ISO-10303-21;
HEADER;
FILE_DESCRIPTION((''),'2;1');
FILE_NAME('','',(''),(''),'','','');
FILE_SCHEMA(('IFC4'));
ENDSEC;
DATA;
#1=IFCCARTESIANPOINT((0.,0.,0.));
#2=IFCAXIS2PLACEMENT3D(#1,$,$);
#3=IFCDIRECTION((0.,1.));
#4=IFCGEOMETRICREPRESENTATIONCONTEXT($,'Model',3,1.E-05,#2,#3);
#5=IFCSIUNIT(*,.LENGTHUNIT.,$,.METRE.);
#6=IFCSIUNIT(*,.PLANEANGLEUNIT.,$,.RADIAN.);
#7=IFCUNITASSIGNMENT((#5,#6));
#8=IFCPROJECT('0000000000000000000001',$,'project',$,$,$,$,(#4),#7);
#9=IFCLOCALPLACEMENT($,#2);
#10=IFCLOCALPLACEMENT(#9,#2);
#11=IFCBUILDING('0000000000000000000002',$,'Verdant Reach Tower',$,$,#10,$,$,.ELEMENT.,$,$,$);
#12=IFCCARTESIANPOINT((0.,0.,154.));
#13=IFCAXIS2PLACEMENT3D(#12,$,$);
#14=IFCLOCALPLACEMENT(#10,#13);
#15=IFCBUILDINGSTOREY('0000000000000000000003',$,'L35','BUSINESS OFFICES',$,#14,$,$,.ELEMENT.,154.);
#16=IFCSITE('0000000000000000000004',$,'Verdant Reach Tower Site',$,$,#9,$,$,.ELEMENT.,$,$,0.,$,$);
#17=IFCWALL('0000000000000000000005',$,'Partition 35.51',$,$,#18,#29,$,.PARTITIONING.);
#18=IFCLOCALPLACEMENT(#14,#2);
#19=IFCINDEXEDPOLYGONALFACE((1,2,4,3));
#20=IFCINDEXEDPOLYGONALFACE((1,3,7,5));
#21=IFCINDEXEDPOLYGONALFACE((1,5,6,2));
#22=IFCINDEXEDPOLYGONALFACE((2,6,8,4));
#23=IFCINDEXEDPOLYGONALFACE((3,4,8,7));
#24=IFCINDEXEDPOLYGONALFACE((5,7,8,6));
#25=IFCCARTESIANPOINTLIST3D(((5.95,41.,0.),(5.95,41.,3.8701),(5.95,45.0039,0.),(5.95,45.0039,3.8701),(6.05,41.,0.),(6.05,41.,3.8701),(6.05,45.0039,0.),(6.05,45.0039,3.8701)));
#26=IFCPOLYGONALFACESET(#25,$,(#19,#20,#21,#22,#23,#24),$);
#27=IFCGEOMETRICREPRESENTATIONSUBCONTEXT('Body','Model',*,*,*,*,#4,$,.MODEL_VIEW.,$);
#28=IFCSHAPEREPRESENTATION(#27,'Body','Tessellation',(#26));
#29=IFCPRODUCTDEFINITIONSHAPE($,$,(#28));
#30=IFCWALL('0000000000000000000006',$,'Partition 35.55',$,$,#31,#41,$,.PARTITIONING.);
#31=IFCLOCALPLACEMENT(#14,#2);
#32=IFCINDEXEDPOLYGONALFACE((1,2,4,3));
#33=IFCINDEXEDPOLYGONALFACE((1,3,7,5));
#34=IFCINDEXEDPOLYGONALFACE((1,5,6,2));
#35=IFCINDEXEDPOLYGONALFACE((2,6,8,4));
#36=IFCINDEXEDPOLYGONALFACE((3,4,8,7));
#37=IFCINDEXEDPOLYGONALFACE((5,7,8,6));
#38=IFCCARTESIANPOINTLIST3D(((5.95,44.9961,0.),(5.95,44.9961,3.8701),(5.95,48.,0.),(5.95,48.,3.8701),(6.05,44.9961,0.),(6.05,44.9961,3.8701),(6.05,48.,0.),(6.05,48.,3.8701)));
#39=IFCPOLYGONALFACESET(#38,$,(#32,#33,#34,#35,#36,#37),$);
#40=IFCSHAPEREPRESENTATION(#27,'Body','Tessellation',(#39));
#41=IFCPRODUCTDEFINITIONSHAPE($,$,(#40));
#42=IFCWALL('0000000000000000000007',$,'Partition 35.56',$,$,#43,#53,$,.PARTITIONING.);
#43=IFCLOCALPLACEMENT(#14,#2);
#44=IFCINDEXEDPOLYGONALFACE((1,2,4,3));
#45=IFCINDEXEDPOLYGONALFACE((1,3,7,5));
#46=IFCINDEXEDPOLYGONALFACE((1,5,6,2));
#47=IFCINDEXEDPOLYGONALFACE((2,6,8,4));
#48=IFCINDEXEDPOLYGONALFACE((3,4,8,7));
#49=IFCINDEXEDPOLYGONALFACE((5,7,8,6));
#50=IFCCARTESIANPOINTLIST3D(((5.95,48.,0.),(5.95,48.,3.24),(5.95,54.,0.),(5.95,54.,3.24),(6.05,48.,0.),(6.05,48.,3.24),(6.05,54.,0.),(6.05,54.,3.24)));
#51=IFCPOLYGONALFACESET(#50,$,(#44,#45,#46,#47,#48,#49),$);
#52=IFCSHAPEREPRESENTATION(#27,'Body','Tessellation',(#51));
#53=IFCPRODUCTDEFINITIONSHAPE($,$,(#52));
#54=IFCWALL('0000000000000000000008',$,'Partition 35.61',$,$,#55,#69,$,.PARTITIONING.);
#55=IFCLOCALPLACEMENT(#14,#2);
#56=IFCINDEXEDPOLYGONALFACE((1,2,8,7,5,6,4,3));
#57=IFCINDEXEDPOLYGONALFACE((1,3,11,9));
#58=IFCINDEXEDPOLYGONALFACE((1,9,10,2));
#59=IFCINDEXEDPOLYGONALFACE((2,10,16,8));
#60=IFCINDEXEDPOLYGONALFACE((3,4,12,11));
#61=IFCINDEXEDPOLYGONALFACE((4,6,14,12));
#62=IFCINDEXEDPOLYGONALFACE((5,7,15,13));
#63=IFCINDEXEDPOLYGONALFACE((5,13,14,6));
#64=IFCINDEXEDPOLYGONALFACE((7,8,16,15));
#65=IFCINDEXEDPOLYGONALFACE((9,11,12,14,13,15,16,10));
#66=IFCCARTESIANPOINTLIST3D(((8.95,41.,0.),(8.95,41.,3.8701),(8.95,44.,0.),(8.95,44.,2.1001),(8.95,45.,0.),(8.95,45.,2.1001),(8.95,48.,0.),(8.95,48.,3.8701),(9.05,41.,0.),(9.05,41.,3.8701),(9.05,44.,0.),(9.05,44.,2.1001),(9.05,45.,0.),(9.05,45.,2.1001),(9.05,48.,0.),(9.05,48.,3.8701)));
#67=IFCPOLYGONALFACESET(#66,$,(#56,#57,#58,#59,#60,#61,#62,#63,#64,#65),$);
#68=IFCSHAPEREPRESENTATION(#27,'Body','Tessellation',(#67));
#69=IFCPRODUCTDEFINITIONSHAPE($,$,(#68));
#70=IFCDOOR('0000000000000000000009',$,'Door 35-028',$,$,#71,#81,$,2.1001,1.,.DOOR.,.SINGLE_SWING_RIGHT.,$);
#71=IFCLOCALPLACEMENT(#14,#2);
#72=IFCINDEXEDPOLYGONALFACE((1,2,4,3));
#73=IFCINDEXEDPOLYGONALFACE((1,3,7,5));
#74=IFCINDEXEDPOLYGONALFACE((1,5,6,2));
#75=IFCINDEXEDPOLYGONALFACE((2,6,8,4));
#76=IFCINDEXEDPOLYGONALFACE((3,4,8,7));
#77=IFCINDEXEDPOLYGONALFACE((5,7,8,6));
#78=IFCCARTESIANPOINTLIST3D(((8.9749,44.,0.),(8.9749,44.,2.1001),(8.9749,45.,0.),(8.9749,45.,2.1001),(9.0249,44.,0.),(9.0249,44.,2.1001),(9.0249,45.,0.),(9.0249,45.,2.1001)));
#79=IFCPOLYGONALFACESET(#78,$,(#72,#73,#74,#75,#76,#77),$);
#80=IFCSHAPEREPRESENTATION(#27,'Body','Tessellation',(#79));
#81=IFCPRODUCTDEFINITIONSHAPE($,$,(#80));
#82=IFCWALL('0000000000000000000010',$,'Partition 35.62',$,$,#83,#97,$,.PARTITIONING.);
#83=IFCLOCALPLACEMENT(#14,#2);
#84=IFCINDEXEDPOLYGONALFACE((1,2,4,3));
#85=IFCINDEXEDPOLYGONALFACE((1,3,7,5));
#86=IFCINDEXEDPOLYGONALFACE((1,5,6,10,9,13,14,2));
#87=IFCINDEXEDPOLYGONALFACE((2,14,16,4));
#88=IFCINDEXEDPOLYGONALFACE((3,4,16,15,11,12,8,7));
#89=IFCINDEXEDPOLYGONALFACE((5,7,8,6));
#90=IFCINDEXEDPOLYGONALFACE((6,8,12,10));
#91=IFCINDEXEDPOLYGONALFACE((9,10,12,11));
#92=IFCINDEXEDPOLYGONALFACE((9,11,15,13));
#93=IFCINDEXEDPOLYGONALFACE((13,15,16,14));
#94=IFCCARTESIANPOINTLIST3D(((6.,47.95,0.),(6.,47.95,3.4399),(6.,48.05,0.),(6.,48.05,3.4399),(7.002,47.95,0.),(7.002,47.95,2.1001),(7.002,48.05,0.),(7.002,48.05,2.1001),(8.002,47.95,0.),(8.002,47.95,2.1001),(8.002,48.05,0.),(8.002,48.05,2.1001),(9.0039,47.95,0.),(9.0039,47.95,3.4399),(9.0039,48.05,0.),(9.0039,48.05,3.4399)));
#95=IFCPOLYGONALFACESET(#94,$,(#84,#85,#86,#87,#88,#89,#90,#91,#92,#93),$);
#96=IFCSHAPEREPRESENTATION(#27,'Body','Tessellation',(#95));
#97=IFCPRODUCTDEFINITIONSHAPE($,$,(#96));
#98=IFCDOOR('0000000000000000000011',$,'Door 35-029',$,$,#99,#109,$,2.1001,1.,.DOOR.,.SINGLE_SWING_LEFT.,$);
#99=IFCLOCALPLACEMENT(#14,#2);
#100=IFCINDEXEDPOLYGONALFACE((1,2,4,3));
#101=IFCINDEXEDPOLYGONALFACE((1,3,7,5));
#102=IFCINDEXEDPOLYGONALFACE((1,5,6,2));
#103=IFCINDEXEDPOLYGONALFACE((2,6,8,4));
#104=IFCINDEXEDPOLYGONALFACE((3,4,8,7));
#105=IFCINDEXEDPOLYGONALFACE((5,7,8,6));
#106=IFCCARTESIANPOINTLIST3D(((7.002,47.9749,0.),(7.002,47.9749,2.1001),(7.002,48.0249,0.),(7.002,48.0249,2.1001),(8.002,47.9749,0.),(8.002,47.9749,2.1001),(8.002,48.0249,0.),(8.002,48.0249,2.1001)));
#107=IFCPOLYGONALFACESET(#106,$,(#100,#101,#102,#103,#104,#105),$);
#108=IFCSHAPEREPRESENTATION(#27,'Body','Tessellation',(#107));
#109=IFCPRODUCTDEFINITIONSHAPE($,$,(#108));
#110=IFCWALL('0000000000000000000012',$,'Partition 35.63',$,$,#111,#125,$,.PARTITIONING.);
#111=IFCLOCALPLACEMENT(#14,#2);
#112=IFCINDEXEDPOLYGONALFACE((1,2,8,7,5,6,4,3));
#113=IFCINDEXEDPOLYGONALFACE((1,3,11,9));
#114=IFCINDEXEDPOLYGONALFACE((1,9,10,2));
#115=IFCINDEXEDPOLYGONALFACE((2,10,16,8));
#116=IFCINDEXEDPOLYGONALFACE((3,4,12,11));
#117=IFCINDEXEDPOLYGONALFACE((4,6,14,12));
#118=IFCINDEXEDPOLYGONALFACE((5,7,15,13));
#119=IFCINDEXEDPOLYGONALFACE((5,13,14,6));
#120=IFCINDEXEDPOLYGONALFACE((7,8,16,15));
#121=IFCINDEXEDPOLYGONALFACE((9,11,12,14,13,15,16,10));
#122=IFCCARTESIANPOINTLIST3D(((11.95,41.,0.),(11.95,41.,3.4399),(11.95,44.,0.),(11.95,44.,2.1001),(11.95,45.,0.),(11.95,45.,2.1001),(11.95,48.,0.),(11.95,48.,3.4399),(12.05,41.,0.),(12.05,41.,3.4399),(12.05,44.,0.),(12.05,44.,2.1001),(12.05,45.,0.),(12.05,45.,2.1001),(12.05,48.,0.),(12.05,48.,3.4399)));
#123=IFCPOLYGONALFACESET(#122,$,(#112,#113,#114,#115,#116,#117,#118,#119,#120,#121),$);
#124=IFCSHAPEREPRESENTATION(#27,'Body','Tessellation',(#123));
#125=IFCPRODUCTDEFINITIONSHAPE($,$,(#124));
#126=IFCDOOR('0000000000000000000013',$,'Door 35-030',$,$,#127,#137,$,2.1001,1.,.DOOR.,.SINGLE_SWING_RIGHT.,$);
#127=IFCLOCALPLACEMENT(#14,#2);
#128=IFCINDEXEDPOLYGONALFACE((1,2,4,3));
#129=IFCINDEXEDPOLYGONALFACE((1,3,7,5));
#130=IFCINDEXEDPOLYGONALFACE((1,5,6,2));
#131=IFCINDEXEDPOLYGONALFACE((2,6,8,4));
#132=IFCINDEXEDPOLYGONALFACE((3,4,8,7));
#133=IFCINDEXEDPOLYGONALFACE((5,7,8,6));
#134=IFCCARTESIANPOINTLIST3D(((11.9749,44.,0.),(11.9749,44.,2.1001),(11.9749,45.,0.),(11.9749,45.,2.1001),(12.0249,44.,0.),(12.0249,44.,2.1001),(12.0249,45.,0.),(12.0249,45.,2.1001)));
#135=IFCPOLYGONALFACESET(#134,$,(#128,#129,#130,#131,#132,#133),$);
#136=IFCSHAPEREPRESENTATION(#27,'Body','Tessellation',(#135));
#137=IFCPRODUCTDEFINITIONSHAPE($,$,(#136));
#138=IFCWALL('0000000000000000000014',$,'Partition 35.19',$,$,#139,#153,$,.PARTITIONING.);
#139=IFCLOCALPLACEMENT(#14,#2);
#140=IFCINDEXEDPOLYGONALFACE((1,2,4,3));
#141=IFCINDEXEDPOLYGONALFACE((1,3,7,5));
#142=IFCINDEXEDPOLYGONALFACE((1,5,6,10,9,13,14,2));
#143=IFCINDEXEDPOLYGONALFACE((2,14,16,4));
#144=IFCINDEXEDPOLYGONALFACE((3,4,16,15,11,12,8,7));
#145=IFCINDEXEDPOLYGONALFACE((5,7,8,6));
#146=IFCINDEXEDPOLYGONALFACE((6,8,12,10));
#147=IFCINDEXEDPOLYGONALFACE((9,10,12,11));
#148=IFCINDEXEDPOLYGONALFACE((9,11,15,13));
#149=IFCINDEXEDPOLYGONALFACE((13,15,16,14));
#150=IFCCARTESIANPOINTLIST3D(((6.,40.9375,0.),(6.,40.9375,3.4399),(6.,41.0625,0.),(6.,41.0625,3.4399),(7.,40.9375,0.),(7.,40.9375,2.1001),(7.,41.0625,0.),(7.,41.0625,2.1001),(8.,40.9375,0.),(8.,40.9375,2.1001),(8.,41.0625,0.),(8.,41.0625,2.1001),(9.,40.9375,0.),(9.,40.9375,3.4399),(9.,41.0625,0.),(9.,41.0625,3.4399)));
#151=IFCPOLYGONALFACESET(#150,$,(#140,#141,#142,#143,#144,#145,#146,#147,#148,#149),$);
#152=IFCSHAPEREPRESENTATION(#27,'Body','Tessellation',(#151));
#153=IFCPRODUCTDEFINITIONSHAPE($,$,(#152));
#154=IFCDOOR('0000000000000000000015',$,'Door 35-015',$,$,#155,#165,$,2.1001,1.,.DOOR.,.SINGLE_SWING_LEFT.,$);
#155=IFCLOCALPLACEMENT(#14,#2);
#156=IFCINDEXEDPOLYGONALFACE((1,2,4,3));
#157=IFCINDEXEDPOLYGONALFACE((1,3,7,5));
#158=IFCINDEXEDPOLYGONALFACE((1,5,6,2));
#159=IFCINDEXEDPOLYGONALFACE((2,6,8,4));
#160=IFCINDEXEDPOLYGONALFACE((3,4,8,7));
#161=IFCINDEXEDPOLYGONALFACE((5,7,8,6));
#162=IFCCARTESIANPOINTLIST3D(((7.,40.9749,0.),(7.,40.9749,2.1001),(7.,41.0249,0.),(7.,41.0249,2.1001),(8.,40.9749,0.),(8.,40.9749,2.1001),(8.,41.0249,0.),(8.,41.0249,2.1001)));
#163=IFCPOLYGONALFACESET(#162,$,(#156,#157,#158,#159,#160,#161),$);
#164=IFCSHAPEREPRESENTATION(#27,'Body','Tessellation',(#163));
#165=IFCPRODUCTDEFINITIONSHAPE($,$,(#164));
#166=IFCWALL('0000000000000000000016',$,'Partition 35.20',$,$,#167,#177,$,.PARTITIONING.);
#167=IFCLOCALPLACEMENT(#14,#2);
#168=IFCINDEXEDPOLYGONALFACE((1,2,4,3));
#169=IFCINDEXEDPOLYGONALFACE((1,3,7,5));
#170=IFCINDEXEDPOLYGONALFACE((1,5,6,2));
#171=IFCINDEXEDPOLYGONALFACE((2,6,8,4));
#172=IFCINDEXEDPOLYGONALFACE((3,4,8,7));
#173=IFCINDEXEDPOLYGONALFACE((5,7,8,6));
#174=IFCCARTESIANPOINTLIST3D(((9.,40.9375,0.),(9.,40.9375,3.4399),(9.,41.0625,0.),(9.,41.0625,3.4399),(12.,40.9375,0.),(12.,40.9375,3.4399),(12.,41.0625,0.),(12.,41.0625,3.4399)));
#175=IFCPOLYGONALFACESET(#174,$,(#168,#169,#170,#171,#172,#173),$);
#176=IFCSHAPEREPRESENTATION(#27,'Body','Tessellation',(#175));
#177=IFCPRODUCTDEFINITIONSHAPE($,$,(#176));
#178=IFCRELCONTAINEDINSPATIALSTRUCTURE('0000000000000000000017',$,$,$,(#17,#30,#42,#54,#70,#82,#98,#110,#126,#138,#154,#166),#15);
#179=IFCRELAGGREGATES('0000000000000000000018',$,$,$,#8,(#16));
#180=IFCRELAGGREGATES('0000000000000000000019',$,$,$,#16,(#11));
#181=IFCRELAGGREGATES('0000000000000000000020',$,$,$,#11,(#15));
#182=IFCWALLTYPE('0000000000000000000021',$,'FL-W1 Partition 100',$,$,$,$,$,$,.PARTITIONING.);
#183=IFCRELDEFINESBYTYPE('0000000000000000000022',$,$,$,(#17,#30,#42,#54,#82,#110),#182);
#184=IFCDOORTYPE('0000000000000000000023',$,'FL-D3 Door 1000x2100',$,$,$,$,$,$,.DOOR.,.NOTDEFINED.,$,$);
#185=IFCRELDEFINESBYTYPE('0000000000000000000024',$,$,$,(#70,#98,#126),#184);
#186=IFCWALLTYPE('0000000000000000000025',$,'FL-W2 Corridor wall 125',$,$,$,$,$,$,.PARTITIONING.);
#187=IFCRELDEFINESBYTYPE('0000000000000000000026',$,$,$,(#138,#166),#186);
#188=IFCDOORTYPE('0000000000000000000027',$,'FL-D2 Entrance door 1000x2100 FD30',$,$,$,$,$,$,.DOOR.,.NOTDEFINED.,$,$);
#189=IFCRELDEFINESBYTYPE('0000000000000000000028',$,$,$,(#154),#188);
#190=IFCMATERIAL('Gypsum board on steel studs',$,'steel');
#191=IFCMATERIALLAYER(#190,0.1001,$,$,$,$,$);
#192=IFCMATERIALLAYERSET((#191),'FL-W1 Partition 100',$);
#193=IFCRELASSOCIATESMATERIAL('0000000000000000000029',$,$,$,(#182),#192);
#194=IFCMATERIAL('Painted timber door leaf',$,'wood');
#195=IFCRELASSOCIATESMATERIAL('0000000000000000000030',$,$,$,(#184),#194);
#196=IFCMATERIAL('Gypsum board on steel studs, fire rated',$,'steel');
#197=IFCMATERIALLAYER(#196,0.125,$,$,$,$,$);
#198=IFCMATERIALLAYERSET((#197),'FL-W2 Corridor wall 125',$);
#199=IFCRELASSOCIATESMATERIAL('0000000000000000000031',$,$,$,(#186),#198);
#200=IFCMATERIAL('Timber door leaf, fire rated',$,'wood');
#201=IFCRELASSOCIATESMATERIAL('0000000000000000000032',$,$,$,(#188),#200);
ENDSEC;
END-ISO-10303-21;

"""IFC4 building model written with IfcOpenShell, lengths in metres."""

from ifc_helpers import new_model, si_unit, direction, frame, frame_2d, origin, place, context, subcontext, project, spatial, rectangle, extrude, material, layer, layer_set, type_object, element, fill, save


model = new_model("IFC4")

# Units and contexts
model_context = context("Model", 3, precision=1e-05, world=origin(), true_north=direction((0.0, 1.0)))
body_context = subcontext(model_context, "Body", "Model", "MODEL_VIEW")
ifc_project = project(units=[si_unit("LENGTHUNIT", "METRE"), si_unit("PLANEANGLEUNIT", "RADIAN")], contexts=[model_context])

# Site, building, storey
site_placement = place(None, origin())
site = spatial("IfcSite", under=ifc_project, at=site_placement, Name="Verdant Reach Tower Site", CompositionType="ELEMENT", RefElevation=0.0)
building_placement = place(site_placement, origin())
building = spatial("IfcBuilding", under=site, at=building_placement, Name="Verdant Reach Tower", CompositionType="ELEMENT")
storey_placement = place(building_placement, frame((0.0, 0.0, 154.0)))
storey = spatial("IfcBuildingStorey", under=building, at=storey_placement, Name="L35", Description="BUSINESS OFFICES", CompositionType="ELEMENT", Elevation=154.0)

# Walls
ifc_material_1 = material(Name="Gypsum board on steel studs", Category="steel")
ifc_layer_1 = layer(ifc_material_1, 0.1001)
ifc_layer_set_1 = layer_set([ifc_layer_1], Name="FL-W1 Partition 100")
wall_type_1 = type_object("IfcWallType", Name="FL-W1 Partition 100", PredefinedType="PARTITIONING", material=ifc_layer_set_1)
wall_1_placement = place(storey_placement, frame((6.0, 41.0, 0.0), z_axis=(0.0, 0.0, 1.0), x_axis=(0.0, 1.0, 0.0)))
element("IfcWall", 1, at=wall_1_placement, inside=storey, type_object=wall_type_1, Name="Partition 35.51", PredefinedType="PARTITIONING", context=body_context, shape_type="SweptSolid", body=[
    extrude(rectangle(XDim=4.0039, YDim=0.1001, at=frame_2d((2.002, 0.0))), origin(), (0.0, 0.0, 1.0), 3.8701),
])
wall_2_placement = place(storey_placement, frame((6.0, 44.9961, 0.0), z_axis=(0.0, 0.0, 1.0), x_axis=(0.0, 1.0, 0.0)))
element("IfcWall", 2, at=wall_2_placement, inside=storey, type_object=wall_type_1, Name="Partition 35.55", PredefinedType="PARTITIONING", context=body_context, shape_type="SweptSolid", body=[
    extrude(rectangle(XDim=3.0039, YDim=0.1001, at=frame_2d((1.502, 0.0))), origin(), (0.0, 0.0, 1.0), 3.8701),
])
wall_3_placement = place(storey_placement, frame((6.0, 48.0, 0.0), z_axis=(0.0, 0.0, 1.0), x_axis=(0.0, 1.0, 0.0)))
element("IfcWall", 3, at=wall_3_placement, inside=storey, type_object=wall_type_1, Name="Partition 35.56", PredefinedType="PARTITIONING", context=body_context, shape_type="SweptSolid", body=[
    extrude(rectangle(XDim=6.0, YDim=0.1001, at=frame_2d((3.0, 0.0))), origin(), (0.0, 0.0, 1.0), 3.24),
])

# Walls, openings, doors
wall_4_placement = place(storey_placement, frame((9.0, 48.0, 0.0), z_axis=(0.0, 0.0, 1.0), x_axis=(0.0, -1.0, 0.0)))
wall_4 = element("IfcWall", 4, at=wall_4_placement, inside=storey, type_object=wall_type_1, Name="Partition 35.61", PredefinedType="PARTITIONING", context=body_context, shape_type="SweptSolid", body=[
    extrude(rectangle(XDim=7.0, YDim=0.1001, at=frame_2d((3.5, 0.0))), origin(), (0.0, 0.0, 1.0), 3.8701),
])
opening_1_placement = place(wall_4_placement, frame((3.0, 0.0, 0.0)))
opening_1 = element("IfcOpeningElement", 5, at=opening_1_placement, cuts=wall_4, PredefinedType="OPENING", context=body_context, shape_type="SweptSolid", body=[
    extrude(rectangle(XDim=1.0, YDim=2.1001, at=frame_2d((0.5, 1.05))), frame((0.0, 0.0601, 0.0), z_axis=(0.0, -1.0, 0.0), x_axis=(1.0, 0.0, 0.0)), (0.0, 0.0, 1.0), 0.1201),
])
ifc_material_2 = material(Name="Painted timber door leaf", Category="wood")
door_type_1 = type_object("IfcDoorType", Name="FL-D3 Door 1000x2100", OperationType="NOTDEFINED", PredefinedType="DOOR", material=ifc_material_2)
door_1_placement = place(opening_1_placement, origin())
door_1 = element("IfcDoor", 6, at=door_1_placement, inside=storey, type_object=door_type_1, Name="Door 35-028", OperationType="SINGLE_SWING_RIGHT", OverallHeight=2.1001, OverallWidth=1.0, PredefinedType="DOOR", context=body_context, shape_type="SweptSolid", body=[
    extrude(rectangle(XDim=1.0, YDim=2.1001, at=frame_2d((0.5, 1.05))), frame((0.0, 0.0249, 0.0), z_axis=(0.0, -1.0, 0.0), x_axis=(1.0, 0.0, 0.0)), (0.0, 0.0, 1.0), 0.05),
])
fill(opening_1, door_1)
wall_5_placement = place(storey_placement, frame((6.0, 48.0, 0.0), z_axis=(0.0, 0.0, 1.0), x_axis=(1.0, 0.0, 0.0)))
wall_5 = element("IfcWall", 7, at=wall_5_placement, inside=storey, type_object=wall_type_1, Name="Partition 35.62", PredefinedType="PARTITIONING", context=body_context, shape_type="SweptSolid", body=[
    extrude(rectangle(XDim=3.0039, YDim=0.1001, at=frame_2d((1.502, 0.0))), origin(), (0.0, 0.0, 1.0), 3.4399),
])
opening_2_placement = place(wall_5_placement, frame((1.002, 0.0, 0.0)))
opening_2 = element("IfcOpeningElement", 8, at=opening_2_placement, cuts=wall_5, PredefinedType="OPENING", context=body_context, shape_type="SweptSolid", body=[
    extrude(rectangle(XDim=1.0, YDim=2.1001, at=frame_2d((0.5, 1.05))), frame((0.0, 0.0601, 0.0), z_axis=(0.0, -1.0, 0.0), x_axis=(1.0, 0.0, 0.0)), (0.0, 0.0, 1.0), 0.1201),
])
door_2_placement = place(opening_2_placement, origin())
door_2 = element("IfcDoor", 9, at=door_2_placement, inside=storey, type_object=door_type_1, Name="Door 35-029", OperationType="SINGLE_SWING_LEFT", OverallHeight=2.1001, OverallWidth=1.0, PredefinedType="DOOR", context=body_context, shape_type="SweptSolid", body=[
    extrude(rectangle(XDim=1.0, YDim=2.1001, at=frame_2d((0.5, 1.05))), frame((0.0, 0.0249, 0.0), z_axis=(0.0, -1.0, 0.0), x_axis=(1.0, 0.0, 0.0)), (0.0, 0.0, 1.0), 0.05),
])
fill(opening_2, door_2)
wall_6_placement = place(storey_placement, frame((12.0, 48.0, 0.0), z_axis=(0.0, 0.0, 1.0), x_axis=(0.0, -1.0, 0.0)))
wall_6 = element("IfcWall", 10, at=wall_6_placement, inside=storey, type_object=wall_type_1, Name="Partition 35.63", PredefinedType="PARTITIONING", context=body_context, shape_type="SweptSolid", body=[
    extrude(rectangle(XDim=7.0, YDim=0.1001, at=frame_2d((3.5, 0.0))), origin(), (0.0, 0.0, 1.0), 3.4399),
])
opening_3_placement = place(wall_6_placement, frame((3.0, 0.0, 0.0)))
opening_3 = element("IfcOpeningElement", 11, at=opening_3_placement, cuts=wall_6, PredefinedType="OPENING", context=body_context, shape_type="SweptSolid", body=[
    extrude(rectangle(XDim=1.0, YDim=2.1001, at=frame_2d((0.5, 1.05))), frame((0.0, 0.0601, 0.0), z_axis=(0.0, -1.0, 0.0), x_axis=(1.0, 0.0, 0.0)), (0.0, 0.0, 1.0), 0.1201),
])
door_3_placement = place(opening_3_placement, origin())
door_3 = element("IfcDoor", 12, at=door_3_placement, inside=storey, type_object=door_type_1, Name="Door 35-030", OperationType="SINGLE_SWING_RIGHT", OverallHeight=2.1001, OverallWidth=1.0, PredefinedType="DOOR", context=body_context, shape_type="SweptSolid", body=[
    extrude(rectangle(XDim=1.0, YDim=2.1001, at=frame_2d((0.5, 1.05))), frame((0.0, 0.0249, 0.0), z_axis=(0.0, -1.0, 0.0), x_axis=(1.0, 0.0, 0.0)), (0.0, 0.0, 1.0), 0.05),
])
fill(opening_3, door_3)
ifc_material_3 = material(Name="Gypsum board on steel studs, fire rated", Category="steel")
ifc_layer_2 = layer(ifc_material_3, 0.125)
ifc_layer_set_2 = layer_set([ifc_layer_2], Name="FL-W2 Corridor wall 125")
wall_type_2 = type_object("IfcWallType", Name="FL-W2 Corridor wall 125", PredefinedType="PARTITIONING", material=ifc_layer_set_2)
wall_7_placement = place(storey_placement, frame((6.0, 41.0, 0.0), z_axis=(0.0, 0.0, 1.0), x_axis=(1.0, 0.0, 0.0)))
wall_7 = element("IfcWall", 13, at=wall_7_placement, inside=storey, type_object=wall_type_2, Name="Partition 35.19", PredefinedType="PARTITIONING", context=body_context, shape_type="SweptSolid", body=[
    extrude(rectangle(XDim=3.0, YDim=0.125, at=frame_2d((1.5, 0.0))), origin(), (0.0, 0.0, 1.0), 3.4399),
])
opening_4_placement = place(wall_7_placement, frame((1.0, 0.0, 0.0)))
opening_4 = element("IfcOpeningElement", 14, at=opening_4_placement, cuts=wall_7, PredefinedType="OPENING", context=body_context, shape_type="SweptSolid", body=[
    extrude(rectangle(XDim=1.0, YDim=2.1001, at=frame_2d((0.5, 1.05))), frame((0.0, 0.0725, 0.0), z_axis=(0.0, -1.0, 0.0), x_axis=(1.0, 0.0, 0.0)), (0.0, 0.0, 1.0), 0.145),
])
ifc_material_4 = material(Name="Timber door leaf, fire rated", Category="wood")
door_type_2 = type_object("IfcDoorType", Name="FL-D2 Entrance door 1000x2100 FD30", OperationType="NOTDEFINED", PredefinedType="DOOR", material=ifc_material_4)
door_4_placement = place(opening_4_placement, origin())
door_4 = element("IfcDoor", 15, at=door_4_placement, inside=storey, type_object=door_type_2, Name="Door 35-015", OperationType="SINGLE_SWING_LEFT", OverallHeight=2.1001, OverallWidth=1.0, PredefinedType="DOOR", context=body_context, shape_type="SweptSolid", body=[
    extrude(rectangle(XDim=1.0, YDim=2.1001, at=frame_2d((0.5, 1.05))), frame((0.0, 0.0249, 0.0), z_axis=(0.0, -1.0, 0.0), x_axis=(1.0, 0.0, 0.0)), (0.0, 0.0, 1.0), 0.05),
])
fill(opening_4, door_4)

# Wall
wall_8_placement = place(storey_placement, frame((12.0, 41.0, 0.0), z_axis=(0.0, 0.0, 1.0), x_axis=(-1.0, 0.0, 0.0)))
element("IfcWall", 16, at=wall_8_placement, inside=storey, type_object=wall_type_2, Name="Partition 35.20", PredefinedType="PARTITIONING", context=body_context, shape_type="SweptSolid", body=[
    extrude(rectangle(XDim=3.0, YDim=0.125, at=frame_2d((1.5, 0.0))), origin(), (0.0, 0.0, 1.0), 3.4399),
])

save(model, "model.ifc")
